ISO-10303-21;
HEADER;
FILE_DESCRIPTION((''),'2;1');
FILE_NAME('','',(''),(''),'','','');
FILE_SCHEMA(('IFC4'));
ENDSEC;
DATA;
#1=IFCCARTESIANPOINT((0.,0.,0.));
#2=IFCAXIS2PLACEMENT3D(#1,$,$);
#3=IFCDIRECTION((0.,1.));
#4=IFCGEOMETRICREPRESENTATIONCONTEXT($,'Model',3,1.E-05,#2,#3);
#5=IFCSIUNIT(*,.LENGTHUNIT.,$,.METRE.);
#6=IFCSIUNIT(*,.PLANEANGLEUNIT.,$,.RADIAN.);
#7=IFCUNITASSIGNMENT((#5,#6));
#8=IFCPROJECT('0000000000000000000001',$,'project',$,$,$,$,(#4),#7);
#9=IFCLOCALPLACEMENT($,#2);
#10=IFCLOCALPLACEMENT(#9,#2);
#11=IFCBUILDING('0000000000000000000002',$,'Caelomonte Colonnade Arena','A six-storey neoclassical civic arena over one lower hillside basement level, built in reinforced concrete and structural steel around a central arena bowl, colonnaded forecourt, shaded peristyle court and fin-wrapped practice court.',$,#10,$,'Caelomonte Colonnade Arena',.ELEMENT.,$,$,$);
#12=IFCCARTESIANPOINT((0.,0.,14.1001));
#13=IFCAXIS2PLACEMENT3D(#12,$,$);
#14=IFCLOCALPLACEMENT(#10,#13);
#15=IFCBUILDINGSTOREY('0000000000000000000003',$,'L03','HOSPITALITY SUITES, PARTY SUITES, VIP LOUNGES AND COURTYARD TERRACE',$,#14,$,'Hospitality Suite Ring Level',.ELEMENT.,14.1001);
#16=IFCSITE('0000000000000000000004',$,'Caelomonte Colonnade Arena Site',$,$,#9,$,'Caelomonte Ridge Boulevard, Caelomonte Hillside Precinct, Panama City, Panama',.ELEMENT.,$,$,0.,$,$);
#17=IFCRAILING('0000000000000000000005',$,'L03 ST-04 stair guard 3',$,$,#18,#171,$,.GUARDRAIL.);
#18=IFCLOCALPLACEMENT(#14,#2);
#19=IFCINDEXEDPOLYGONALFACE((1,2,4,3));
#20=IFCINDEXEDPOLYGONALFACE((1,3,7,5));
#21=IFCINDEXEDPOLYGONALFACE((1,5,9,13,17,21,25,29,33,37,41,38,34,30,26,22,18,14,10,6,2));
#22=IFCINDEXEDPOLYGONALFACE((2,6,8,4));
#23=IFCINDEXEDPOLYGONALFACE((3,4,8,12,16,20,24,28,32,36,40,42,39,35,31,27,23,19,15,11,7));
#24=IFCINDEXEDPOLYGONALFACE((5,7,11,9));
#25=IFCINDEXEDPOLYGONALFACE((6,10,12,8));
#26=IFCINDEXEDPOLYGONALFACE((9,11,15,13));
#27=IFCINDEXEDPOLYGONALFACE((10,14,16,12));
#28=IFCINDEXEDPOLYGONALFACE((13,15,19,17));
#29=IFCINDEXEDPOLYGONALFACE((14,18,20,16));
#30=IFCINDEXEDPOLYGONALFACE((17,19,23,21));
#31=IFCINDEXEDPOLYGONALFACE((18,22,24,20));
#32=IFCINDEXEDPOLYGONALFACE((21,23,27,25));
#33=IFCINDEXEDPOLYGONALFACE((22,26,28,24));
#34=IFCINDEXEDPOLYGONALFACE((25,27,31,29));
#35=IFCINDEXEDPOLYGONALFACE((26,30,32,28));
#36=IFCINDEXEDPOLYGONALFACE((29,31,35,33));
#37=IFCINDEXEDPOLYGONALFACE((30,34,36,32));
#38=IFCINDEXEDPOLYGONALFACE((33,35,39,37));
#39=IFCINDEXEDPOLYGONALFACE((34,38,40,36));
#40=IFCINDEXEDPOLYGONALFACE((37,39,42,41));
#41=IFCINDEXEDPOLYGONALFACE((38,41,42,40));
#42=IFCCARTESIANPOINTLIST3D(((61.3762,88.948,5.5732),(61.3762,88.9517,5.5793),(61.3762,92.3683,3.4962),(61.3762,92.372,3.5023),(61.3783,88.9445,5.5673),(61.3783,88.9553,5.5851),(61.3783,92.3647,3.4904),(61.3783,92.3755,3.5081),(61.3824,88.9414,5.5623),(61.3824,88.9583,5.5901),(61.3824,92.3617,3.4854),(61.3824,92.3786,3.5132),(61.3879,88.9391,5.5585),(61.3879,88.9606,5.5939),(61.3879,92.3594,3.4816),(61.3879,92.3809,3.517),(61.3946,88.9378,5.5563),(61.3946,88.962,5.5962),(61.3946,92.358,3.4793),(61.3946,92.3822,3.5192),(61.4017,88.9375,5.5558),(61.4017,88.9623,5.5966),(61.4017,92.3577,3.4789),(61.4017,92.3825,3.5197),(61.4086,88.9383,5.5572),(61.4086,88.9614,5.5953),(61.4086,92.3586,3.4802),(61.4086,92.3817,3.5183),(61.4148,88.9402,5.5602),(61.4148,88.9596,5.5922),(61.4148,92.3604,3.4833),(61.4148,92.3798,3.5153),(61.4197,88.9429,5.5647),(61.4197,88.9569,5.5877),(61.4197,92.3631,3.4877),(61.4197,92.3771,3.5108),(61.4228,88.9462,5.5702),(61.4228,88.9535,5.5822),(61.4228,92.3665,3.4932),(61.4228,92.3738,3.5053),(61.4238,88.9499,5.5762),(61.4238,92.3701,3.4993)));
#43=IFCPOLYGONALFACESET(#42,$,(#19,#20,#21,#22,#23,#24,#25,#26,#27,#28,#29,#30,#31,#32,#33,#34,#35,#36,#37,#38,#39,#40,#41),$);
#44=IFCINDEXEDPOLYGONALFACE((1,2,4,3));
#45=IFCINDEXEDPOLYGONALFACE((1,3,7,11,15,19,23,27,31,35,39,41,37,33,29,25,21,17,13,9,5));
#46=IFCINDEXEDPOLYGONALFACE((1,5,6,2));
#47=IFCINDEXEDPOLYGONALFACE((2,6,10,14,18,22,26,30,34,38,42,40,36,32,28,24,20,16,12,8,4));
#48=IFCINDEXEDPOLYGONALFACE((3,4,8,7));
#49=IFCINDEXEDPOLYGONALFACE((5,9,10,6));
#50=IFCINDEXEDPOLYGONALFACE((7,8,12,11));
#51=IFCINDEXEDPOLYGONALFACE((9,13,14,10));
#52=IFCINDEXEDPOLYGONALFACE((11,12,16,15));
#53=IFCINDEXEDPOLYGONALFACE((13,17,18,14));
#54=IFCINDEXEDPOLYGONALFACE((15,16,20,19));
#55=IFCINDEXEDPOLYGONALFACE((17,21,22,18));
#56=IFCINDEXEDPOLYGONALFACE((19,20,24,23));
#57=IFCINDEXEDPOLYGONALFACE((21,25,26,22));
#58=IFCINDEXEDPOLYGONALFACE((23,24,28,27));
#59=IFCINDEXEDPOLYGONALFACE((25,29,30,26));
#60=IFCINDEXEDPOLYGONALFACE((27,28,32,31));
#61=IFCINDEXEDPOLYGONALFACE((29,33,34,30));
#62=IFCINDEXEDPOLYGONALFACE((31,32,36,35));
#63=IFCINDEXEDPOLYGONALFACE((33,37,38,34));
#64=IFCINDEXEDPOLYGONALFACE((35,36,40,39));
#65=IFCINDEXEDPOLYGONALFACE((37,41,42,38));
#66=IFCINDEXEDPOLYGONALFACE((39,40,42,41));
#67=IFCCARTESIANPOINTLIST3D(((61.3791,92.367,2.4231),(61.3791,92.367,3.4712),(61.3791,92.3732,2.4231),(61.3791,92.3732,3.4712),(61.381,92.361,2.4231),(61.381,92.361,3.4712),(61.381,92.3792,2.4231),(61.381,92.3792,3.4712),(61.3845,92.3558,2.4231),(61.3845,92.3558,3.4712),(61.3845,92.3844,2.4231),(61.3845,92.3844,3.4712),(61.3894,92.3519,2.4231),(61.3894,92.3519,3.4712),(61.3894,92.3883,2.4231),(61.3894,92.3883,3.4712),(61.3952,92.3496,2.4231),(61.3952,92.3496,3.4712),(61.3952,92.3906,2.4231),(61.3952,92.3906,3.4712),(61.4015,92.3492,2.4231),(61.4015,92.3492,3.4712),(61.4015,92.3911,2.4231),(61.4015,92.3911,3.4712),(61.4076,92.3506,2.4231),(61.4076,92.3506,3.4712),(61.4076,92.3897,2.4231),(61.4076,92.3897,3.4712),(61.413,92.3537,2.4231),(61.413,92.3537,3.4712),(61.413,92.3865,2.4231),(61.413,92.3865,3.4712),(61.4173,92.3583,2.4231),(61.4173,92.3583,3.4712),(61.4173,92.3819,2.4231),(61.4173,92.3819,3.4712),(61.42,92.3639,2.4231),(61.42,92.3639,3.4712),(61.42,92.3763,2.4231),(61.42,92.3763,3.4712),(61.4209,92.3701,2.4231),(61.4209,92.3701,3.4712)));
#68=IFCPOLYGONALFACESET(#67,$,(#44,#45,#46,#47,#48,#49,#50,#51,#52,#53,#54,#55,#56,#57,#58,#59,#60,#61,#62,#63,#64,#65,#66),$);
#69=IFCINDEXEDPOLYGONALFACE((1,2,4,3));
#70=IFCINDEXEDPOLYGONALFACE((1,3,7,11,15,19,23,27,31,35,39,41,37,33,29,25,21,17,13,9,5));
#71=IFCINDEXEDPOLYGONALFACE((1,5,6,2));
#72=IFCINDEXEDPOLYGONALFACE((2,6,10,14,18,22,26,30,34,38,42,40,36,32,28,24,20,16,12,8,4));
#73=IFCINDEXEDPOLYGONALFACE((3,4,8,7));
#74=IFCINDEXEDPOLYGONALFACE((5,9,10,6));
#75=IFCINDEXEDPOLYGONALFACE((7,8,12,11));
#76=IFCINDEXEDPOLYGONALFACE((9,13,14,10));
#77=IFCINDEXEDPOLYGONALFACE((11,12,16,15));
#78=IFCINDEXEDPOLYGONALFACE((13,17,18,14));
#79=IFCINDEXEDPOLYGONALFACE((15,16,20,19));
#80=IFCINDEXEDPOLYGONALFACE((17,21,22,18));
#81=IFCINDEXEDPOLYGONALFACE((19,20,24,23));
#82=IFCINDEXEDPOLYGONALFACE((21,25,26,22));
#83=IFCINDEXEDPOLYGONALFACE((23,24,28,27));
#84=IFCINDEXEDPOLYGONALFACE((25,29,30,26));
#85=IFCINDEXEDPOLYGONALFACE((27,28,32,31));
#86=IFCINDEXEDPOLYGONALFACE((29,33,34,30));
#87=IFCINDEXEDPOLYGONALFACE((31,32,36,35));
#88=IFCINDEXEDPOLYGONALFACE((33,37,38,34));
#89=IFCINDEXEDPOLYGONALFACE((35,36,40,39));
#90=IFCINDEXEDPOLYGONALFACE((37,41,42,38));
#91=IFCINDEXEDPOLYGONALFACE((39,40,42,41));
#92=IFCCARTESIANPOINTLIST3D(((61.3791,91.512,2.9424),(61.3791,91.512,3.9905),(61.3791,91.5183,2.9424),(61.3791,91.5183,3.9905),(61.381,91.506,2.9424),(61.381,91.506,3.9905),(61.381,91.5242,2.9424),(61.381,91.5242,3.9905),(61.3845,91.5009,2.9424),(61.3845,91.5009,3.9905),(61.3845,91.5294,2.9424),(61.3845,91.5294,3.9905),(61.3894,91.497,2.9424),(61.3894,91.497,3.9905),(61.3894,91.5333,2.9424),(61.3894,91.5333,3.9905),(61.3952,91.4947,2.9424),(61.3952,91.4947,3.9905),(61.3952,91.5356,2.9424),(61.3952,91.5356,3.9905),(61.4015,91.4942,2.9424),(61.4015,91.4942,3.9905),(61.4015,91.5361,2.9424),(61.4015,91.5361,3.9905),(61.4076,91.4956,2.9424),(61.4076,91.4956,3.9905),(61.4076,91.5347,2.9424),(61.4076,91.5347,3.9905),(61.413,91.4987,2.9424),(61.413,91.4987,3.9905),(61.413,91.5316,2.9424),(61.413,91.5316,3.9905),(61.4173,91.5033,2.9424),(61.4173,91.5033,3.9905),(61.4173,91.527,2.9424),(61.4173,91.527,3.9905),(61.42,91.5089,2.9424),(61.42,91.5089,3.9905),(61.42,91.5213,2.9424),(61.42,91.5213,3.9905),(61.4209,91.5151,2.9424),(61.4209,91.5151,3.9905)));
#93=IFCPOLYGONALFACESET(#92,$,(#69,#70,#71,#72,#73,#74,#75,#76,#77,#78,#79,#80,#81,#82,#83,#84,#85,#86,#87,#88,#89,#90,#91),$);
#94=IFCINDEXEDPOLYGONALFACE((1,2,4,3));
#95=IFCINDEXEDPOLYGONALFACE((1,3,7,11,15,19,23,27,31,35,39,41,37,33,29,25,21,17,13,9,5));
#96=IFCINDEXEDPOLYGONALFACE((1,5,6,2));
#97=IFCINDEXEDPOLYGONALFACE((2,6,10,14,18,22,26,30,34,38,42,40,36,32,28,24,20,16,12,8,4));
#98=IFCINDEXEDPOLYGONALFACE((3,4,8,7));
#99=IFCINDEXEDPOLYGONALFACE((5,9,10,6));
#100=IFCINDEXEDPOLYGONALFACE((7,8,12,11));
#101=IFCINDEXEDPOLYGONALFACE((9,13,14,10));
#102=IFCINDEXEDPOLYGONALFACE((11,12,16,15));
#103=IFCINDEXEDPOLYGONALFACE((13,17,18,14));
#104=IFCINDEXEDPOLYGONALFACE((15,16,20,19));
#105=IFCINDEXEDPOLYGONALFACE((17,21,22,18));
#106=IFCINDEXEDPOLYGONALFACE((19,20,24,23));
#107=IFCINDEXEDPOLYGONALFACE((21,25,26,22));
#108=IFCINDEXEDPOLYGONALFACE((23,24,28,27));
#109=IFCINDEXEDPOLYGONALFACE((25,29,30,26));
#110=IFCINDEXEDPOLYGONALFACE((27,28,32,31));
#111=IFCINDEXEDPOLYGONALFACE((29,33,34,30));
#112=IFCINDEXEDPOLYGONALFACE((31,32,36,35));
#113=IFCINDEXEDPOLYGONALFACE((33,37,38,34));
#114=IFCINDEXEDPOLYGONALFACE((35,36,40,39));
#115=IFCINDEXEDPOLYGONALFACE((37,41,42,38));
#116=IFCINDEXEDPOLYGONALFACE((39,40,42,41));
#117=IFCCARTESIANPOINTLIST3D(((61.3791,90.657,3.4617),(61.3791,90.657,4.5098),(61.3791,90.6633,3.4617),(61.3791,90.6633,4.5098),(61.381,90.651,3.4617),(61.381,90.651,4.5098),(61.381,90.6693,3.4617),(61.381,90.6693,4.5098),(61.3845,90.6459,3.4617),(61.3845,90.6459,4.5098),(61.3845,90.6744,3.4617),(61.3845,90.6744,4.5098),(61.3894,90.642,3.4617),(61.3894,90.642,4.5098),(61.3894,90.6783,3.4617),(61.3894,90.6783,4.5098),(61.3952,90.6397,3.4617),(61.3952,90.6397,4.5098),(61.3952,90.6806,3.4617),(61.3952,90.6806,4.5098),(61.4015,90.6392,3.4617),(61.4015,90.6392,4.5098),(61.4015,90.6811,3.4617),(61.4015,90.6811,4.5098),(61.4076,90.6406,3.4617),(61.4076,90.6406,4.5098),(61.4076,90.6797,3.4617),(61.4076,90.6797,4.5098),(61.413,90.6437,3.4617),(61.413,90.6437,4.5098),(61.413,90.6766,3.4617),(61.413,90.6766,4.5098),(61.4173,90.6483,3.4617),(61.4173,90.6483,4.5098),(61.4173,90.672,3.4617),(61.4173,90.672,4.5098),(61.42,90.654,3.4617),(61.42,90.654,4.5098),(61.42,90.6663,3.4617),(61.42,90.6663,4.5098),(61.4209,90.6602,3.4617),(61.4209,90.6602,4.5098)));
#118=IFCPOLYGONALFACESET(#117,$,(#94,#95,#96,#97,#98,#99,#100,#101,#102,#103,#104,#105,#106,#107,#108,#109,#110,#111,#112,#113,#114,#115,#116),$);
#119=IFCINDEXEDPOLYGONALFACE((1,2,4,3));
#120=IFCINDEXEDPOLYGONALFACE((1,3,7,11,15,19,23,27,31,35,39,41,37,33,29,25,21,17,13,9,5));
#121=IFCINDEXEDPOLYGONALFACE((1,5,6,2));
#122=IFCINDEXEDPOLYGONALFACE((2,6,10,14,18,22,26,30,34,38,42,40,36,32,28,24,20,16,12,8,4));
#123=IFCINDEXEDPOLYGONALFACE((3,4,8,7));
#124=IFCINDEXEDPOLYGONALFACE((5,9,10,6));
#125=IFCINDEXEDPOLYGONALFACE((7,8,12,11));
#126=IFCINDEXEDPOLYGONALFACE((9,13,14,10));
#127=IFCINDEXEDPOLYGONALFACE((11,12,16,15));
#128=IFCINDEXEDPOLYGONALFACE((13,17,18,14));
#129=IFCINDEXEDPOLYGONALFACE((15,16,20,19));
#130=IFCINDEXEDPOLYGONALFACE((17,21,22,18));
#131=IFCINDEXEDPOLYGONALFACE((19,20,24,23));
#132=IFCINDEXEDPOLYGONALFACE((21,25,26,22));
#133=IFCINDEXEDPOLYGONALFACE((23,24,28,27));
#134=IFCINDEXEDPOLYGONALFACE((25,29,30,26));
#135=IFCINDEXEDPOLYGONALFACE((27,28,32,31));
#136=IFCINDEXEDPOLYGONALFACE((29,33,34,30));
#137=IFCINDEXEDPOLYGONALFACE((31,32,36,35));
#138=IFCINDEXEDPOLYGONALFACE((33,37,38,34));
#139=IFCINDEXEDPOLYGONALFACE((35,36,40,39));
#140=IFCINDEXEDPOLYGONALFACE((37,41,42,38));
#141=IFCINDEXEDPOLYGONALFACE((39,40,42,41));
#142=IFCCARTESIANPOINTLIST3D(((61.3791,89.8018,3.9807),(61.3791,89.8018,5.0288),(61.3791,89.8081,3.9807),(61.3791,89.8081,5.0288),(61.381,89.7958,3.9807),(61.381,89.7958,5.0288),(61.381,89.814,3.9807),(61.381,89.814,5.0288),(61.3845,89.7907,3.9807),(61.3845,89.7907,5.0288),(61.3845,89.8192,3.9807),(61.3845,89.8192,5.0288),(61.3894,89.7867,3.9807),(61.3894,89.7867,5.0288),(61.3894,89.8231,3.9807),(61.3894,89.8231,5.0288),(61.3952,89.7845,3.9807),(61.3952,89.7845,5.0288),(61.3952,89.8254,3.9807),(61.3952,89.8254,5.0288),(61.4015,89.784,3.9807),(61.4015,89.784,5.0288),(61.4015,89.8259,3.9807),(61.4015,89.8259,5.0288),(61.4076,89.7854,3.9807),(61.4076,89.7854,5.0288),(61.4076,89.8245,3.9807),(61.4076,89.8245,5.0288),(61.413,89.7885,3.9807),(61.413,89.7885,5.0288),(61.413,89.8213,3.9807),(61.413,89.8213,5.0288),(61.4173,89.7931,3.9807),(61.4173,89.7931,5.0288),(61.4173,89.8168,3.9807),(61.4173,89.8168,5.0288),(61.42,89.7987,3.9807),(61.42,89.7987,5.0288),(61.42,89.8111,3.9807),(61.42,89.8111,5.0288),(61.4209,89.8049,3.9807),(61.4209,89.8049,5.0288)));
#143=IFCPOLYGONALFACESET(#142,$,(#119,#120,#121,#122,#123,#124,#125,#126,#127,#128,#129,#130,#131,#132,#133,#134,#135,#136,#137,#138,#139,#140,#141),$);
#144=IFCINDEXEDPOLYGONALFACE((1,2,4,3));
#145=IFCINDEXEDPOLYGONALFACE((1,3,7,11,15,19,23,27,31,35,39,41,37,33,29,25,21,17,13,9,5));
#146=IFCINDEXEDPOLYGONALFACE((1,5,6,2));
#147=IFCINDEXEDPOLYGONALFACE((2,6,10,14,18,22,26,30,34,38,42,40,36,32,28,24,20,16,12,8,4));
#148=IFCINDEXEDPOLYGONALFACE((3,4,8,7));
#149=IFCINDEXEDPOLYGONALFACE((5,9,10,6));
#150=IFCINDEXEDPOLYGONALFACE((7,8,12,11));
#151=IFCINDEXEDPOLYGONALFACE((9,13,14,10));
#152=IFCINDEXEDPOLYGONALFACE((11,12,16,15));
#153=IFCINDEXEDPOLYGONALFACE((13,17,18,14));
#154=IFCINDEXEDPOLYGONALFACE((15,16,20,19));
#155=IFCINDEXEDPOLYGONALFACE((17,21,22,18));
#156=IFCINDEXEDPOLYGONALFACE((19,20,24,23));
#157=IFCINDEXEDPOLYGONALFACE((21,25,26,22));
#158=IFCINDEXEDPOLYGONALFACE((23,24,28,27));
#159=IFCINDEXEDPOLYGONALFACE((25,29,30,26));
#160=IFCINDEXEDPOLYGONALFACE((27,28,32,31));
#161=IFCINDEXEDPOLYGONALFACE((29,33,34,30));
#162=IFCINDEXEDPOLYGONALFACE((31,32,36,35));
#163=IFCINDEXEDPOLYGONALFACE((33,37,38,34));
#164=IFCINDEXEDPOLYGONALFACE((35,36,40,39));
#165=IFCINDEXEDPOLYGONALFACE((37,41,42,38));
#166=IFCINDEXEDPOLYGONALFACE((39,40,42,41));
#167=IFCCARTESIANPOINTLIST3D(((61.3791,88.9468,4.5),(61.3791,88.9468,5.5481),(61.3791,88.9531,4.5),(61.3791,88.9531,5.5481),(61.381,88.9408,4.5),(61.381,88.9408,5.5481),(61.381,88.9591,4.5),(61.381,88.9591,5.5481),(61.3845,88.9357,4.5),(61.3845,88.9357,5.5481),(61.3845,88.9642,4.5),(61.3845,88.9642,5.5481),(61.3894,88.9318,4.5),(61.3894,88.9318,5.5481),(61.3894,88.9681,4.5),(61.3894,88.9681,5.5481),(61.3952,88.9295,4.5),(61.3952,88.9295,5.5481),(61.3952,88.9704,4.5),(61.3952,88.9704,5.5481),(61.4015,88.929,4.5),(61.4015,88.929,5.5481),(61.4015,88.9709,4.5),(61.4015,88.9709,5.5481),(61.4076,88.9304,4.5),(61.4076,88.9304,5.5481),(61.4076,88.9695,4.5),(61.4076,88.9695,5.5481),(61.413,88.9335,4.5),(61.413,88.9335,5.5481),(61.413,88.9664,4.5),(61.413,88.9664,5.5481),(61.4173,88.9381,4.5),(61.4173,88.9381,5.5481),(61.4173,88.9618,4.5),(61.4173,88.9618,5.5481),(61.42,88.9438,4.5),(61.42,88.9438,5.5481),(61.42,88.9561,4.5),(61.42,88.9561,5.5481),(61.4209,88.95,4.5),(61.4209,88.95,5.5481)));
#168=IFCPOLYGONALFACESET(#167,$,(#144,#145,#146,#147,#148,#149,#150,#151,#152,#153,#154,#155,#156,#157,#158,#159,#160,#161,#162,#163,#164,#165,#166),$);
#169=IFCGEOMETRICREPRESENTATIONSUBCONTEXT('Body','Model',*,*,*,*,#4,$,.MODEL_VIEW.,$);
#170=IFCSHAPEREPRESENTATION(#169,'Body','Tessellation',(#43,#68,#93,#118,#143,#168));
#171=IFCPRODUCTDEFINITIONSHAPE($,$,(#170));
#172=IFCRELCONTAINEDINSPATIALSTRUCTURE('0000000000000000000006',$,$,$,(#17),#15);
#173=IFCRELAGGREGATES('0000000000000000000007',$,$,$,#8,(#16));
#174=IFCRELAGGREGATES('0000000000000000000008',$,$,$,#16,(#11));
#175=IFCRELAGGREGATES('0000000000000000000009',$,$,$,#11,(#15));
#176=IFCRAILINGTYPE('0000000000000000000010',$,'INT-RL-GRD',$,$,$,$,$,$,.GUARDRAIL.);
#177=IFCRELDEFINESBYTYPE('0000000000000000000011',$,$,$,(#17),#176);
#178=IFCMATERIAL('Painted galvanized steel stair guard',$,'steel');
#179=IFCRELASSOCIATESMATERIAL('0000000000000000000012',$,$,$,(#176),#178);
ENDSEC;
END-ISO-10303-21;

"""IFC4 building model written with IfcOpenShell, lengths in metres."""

from ifc_helpers import new_model, si_unit, direction, frame, origin, origin_2d, place, context, subcontext, project, spatial, circle, extrude, material, type_object, element, save


model = new_model("IFC4")

# Units and contexts
model_context = context("Model", 3, precision=1e-05, world=origin(), true_north=direction((0.0, 1.0)))
body_context = subcontext(model_context, "Body", "Model", "MODEL_VIEW")
ifc_project = project(units=[si_unit("LENGTHUNIT", "METRE"), si_unit("PLANEANGLEUNIT", "RADIAN")], contexts=[model_context])

# Site, building, storey
site_placement = place(None, origin())
site = spatial("IfcSite", under=ifc_project, at=site_placement, Name="Caelomonte Colonnade Arena Site", LongName="Caelomonte Ridge Boulevard, Caelomonte Hillside Precinct, Panama City, Panama", CompositionType="ELEMENT", RefElevation=0.0)
building_placement = place(site_placement, origin())
building = spatial("IfcBuilding", under=site, at=building_placement, Name="Caelomonte Colonnade Arena", Description="A six-storey neoclassical civic arena over one lower hillside basement level, built in reinforced concrete and structural steel around a central arena bowl, colonnaded forecourt, shaded peristyle court and fin-wrapped practice court.", LongName="Caelomonte Colonnade Arena", CompositionType="ELEMENT")
storey_placement = place(building_placement, frame((0.0, 0.0, 14.1001)))
storey = spatial("IfcBuildingStorey", under=building, at=storey_placement, Name="L03", Description="HOSPITALITY SUITES, PARTY SUITES, VIP LOUNGES AND COURTYARD TERRACE", LongName="Hospitality Suite Ring Level", CompositionType="ELEMENT", Elevation=14.1001)

# Railing
ifc_material_1 = material(Name="Painted galvanized steel stair guard", Category="steel")
railing_type_1 = type_object("IfcRailingType", Name="INT-RL-GRD", PredefinedType="GUARDRAIL", material=ifc_material_1)
railing_1_placement = place(storey_placement, frame((61.3999, 92.3701, 2.4231)))
element("IfcRailing", 1, at=railing_1_placement, inside=storey, type_object=railing_type_1, Name="L03 ST-04 stair guard 3", PredefinedType="GUARDRAIL", context=body_context, shape_type="SweptSolid", body=[
    extrude(circle(Radius=0.0239, at=origin_2d()), frame((0.0, 0.0, 1.0762), z_axis=(0.0, -0.854746, 0.519047), x_axis=(1.0, 0.0, 0.0)), (0.0, 0.0, 1.0), 4.0015),
    extrude(circle(Radius=0.021, at=origin_2d()), origin(), (0.0, 0.0, 1.0), 1.0481),
    extrude(circle(Radius=0.021, at=origin_2d()), frame((0.0, -0.855, 0.5193)), (0.0, 0.0, 1.0), 1.0481),
    extrude(circle(Radius=0.021, at=origin_2d()), frame((0.0, -1.71, 1.0386)), (0.0, 0.0, 1.0), 1.0481),
    extrude(circle(Radius=0.021, at=origin_2d()), frame((0.0, -2.5652, 1.5576)), (0.0, 0.0, 1.0), 1.0481),
    extrude(circle(Radius=0.021, at=origin_2d()), frame((0.0, -3.4202, 2.0769)), (0.0, 0.0, 1.0), 1.0481),
])

save(model, "model.ifc")
